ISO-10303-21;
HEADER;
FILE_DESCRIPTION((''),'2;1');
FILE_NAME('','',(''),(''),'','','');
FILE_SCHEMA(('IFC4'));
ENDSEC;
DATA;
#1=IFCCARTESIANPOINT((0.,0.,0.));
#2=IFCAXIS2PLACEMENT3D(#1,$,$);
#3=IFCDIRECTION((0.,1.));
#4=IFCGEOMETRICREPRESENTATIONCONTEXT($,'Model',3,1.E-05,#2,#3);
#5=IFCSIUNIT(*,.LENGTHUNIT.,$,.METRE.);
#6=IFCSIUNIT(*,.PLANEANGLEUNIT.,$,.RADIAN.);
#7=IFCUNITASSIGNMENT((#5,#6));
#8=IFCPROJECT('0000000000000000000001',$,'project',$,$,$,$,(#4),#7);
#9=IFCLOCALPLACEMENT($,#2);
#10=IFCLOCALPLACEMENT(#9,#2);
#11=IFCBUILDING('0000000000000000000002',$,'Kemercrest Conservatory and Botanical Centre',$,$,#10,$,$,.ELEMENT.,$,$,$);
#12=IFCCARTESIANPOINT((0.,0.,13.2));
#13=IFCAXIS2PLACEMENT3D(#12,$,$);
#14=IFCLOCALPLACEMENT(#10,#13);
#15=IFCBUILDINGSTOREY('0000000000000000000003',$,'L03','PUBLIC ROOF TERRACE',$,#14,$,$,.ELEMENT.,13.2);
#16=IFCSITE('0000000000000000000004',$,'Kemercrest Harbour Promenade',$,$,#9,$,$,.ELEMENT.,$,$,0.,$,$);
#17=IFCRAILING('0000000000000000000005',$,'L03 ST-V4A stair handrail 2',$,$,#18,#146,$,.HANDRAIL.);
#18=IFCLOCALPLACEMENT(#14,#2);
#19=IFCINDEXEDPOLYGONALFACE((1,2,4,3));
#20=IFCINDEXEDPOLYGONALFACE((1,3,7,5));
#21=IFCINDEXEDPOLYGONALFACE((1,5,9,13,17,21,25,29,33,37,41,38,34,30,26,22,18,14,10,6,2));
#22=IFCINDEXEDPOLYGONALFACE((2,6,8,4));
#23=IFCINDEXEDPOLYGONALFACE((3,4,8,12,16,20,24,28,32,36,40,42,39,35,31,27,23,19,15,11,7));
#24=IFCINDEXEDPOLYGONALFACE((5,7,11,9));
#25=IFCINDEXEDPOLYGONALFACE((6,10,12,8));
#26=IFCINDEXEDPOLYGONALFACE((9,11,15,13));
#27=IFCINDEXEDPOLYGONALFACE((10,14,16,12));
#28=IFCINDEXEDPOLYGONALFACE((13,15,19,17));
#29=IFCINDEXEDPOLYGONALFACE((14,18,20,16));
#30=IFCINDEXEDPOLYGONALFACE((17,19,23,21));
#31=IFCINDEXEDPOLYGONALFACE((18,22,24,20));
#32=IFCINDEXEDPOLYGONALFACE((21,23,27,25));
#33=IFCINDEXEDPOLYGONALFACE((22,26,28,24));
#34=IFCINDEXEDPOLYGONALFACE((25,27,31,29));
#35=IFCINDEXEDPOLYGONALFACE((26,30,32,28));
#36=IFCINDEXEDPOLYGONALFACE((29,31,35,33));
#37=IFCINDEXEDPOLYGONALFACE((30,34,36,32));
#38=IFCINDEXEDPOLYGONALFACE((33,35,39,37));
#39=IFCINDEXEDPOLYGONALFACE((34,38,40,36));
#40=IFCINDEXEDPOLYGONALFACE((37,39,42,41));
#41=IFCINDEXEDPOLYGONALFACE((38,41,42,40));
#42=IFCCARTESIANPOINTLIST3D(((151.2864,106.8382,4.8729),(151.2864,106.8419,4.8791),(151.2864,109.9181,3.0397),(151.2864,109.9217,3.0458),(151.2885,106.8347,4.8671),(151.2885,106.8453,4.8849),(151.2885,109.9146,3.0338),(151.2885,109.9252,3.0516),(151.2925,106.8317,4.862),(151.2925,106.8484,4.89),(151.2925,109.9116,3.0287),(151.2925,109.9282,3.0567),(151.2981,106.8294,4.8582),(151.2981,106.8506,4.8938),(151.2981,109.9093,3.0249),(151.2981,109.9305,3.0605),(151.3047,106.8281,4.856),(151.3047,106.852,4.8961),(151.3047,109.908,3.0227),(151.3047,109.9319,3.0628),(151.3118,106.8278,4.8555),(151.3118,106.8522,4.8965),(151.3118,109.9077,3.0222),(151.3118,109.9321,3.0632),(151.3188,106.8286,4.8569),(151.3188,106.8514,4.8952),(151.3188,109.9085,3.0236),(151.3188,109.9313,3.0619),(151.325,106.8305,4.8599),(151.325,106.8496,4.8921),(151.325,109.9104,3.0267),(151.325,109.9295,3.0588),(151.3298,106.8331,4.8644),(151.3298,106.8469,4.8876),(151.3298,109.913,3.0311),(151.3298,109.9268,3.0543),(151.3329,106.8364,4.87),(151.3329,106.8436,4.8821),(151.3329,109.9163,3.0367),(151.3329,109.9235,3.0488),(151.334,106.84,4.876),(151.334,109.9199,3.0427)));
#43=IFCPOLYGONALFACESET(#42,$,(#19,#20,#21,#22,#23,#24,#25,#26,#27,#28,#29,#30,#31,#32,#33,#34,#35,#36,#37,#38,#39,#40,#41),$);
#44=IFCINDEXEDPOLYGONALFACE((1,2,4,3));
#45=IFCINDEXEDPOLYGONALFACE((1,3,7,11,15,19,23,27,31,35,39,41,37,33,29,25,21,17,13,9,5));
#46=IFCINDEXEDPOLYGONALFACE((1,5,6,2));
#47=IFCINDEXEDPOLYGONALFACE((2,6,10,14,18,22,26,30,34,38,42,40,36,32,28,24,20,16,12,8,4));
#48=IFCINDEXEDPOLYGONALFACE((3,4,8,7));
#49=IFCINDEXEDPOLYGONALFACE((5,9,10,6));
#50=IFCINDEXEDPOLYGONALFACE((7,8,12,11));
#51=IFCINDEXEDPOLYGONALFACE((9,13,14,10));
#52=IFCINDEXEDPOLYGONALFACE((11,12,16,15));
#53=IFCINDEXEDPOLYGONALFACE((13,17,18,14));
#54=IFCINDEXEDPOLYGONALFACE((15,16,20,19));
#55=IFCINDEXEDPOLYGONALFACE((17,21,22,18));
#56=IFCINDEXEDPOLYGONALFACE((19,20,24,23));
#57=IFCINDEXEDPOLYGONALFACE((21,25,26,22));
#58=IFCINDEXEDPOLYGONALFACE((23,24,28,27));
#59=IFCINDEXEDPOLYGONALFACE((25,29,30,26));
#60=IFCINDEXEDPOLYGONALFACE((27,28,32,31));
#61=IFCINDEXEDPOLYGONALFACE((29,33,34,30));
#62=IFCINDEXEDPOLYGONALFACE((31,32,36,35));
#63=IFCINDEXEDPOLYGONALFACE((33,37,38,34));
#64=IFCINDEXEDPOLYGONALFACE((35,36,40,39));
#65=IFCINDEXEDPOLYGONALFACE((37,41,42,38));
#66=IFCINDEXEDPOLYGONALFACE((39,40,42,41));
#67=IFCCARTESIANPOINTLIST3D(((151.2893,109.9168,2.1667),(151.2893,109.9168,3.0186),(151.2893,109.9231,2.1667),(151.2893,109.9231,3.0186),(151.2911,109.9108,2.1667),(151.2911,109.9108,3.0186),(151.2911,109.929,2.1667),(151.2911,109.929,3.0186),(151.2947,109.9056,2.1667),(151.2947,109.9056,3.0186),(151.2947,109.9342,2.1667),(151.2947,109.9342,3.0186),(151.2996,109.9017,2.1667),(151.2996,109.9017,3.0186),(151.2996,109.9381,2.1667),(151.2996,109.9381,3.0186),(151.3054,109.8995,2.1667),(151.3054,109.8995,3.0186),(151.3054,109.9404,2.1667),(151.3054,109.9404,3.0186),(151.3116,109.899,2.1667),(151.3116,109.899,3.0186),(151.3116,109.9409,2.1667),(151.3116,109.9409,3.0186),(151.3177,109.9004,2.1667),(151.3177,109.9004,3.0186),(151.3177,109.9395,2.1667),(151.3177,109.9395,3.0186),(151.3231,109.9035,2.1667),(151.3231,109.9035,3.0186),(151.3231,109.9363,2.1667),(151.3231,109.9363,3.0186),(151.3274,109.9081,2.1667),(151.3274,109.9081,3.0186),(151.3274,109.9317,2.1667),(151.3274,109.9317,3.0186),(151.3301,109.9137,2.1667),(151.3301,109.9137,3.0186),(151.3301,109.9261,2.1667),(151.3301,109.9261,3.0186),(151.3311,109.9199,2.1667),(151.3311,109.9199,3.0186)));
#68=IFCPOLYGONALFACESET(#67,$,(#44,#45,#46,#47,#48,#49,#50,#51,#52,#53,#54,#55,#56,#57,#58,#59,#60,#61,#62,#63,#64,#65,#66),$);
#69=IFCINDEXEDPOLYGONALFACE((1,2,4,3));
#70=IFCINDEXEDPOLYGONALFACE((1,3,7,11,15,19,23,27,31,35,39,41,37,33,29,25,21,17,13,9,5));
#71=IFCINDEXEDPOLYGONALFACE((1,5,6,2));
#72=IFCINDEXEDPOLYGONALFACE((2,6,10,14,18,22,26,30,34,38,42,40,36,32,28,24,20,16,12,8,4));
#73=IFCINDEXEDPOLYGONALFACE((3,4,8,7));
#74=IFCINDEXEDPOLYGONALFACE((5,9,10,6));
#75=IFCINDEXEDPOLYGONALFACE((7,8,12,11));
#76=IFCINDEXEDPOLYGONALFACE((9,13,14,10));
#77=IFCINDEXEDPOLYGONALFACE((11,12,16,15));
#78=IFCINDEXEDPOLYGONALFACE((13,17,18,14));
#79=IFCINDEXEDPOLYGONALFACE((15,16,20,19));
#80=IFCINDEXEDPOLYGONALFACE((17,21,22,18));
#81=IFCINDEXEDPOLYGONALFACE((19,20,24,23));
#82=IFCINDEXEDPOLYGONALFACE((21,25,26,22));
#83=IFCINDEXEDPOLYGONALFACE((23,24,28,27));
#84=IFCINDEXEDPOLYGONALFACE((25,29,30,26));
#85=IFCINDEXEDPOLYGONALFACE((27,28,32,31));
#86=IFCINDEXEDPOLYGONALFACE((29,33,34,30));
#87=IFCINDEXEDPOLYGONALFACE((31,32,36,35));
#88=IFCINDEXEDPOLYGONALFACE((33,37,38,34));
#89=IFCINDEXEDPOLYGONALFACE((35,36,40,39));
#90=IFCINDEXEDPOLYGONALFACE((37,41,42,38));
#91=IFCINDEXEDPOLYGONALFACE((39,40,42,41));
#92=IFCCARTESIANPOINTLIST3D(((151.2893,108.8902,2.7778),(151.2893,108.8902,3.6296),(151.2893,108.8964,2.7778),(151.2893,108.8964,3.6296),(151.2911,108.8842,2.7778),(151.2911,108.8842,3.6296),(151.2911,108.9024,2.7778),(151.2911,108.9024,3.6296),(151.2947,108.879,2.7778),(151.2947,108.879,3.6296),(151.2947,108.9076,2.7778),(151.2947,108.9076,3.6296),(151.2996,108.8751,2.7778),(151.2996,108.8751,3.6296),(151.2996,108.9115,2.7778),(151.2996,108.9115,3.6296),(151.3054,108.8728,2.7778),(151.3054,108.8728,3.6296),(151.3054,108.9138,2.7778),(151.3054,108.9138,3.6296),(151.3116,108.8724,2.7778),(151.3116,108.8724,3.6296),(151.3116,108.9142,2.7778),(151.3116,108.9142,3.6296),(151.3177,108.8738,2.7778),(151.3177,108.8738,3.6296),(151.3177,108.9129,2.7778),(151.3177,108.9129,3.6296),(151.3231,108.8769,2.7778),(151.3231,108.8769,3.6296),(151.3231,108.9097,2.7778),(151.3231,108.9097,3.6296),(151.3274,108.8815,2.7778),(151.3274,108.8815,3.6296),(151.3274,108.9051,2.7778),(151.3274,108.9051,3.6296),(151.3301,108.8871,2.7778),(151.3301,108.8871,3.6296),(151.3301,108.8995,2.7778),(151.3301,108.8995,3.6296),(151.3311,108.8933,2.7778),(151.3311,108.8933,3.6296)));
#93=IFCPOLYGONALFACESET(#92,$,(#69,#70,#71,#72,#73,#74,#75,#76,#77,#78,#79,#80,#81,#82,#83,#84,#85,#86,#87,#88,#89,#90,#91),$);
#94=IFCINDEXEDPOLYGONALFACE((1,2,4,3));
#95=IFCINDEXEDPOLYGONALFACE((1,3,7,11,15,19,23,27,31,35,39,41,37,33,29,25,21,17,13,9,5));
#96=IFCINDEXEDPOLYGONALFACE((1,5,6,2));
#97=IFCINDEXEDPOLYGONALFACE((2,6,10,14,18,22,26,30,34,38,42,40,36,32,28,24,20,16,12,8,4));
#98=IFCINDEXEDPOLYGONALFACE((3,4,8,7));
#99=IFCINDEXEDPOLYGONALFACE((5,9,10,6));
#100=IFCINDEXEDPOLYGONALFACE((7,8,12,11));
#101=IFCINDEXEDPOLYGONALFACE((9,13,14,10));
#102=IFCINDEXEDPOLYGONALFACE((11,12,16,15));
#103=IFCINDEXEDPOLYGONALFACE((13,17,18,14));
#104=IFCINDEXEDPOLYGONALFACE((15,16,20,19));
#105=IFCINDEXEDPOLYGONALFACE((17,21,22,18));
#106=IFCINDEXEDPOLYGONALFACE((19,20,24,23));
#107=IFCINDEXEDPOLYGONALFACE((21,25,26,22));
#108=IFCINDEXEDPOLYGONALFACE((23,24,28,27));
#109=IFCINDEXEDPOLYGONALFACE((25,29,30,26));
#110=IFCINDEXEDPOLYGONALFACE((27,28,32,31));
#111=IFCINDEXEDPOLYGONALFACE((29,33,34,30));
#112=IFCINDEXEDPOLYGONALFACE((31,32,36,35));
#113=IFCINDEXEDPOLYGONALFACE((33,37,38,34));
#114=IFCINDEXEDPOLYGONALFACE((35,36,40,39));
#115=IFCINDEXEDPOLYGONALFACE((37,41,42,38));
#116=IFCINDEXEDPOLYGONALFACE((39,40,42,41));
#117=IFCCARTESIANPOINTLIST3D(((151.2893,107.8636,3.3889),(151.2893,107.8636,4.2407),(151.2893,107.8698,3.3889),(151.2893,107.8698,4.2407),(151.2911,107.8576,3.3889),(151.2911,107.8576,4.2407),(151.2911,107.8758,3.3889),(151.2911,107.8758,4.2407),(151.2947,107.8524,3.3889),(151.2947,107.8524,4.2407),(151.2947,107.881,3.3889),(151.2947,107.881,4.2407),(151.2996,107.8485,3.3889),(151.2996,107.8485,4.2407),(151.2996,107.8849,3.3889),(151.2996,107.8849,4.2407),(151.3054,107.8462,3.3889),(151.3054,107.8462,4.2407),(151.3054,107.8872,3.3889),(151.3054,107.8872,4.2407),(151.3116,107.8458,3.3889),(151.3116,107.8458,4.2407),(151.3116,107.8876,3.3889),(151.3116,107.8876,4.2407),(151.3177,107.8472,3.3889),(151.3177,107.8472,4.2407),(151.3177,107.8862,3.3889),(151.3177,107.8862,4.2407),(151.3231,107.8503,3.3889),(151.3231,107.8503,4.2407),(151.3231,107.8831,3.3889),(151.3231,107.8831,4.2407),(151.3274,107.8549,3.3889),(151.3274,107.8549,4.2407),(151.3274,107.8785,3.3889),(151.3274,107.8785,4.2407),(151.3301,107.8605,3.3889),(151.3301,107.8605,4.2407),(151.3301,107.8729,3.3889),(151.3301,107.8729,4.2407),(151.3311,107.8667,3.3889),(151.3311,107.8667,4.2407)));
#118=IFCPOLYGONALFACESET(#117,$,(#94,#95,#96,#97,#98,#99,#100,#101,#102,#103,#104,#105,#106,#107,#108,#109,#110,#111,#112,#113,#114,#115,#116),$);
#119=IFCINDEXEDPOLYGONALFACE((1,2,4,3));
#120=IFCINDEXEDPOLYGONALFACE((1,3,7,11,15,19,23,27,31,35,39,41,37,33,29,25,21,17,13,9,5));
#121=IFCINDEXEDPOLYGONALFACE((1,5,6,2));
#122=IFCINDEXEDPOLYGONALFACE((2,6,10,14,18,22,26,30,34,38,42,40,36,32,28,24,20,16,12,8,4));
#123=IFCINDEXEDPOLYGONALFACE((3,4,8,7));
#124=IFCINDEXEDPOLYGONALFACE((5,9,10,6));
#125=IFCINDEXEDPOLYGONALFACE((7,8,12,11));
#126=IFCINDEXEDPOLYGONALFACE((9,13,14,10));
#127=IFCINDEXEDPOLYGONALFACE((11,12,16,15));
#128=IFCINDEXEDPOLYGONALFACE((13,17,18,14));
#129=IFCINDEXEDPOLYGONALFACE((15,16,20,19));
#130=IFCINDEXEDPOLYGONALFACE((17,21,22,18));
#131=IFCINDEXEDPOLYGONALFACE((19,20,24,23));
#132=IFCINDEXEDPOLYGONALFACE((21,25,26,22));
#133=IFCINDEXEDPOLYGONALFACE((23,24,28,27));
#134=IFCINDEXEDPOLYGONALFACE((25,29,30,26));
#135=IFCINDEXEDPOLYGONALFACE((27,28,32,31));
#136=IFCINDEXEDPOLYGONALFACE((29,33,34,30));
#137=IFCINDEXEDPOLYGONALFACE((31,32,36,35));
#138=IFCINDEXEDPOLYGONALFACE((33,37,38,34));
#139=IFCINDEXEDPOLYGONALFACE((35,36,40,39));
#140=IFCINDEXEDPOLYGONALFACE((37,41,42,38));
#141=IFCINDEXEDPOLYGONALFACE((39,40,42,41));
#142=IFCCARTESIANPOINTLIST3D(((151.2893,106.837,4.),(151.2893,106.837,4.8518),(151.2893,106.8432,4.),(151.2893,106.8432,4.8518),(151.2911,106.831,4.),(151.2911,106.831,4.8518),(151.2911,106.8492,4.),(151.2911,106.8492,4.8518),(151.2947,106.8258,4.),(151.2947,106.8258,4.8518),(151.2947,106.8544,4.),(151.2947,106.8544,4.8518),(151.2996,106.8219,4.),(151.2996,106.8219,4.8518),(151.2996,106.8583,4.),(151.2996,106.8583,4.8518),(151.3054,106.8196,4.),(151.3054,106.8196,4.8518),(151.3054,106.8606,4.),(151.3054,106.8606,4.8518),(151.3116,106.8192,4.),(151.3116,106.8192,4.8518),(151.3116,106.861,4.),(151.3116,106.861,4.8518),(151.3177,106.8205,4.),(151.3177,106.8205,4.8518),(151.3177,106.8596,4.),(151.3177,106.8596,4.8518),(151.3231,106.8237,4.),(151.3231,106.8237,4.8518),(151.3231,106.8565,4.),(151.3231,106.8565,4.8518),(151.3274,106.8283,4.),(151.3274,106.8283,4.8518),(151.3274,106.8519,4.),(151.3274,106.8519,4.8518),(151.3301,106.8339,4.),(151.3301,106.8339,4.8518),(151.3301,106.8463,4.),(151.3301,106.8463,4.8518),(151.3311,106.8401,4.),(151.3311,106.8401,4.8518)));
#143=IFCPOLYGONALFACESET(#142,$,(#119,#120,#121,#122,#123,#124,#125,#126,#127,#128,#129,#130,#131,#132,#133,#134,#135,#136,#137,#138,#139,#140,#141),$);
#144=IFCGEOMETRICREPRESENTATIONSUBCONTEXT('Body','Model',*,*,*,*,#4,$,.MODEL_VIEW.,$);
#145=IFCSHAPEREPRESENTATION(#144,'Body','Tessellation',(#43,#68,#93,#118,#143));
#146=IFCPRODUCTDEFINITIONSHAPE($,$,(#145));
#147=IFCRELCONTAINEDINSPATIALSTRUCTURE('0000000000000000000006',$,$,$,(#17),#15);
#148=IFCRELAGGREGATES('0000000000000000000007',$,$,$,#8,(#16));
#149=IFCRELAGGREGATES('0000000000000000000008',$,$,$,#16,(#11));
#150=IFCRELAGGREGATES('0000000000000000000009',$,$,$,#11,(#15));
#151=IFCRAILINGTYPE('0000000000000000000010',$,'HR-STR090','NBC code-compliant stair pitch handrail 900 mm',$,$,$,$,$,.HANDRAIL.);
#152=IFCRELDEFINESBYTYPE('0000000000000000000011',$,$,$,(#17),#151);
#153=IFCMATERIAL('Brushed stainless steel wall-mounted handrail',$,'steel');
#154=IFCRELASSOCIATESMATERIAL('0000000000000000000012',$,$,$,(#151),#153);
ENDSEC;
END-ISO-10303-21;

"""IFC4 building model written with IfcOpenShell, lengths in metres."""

from ifc_helpers import new_model, si_unit, direction, frame, origin, origin_2d, place, context, subcontext, project, spatial, circle, extrude, material, type_object, element, save


model = new_model("IFC4")

# Units and contexts
model_context = context("Model", 3, precision=1e-05, world=origin(), true_north=direction((0.0, 1.0)))
body_context = subcontext(model_context, "Body", "Model", "MODEL_VIEW")
ifc_project = project(units=[si_unit("LENGTHUNIT", "METRE"), si_unit("PLANEANGLEUNIT", "RADIAN")], contexts=[model_context])

# Site, building, storey
site_placement = place(None, origin())
site = spatial("IfcSite", under=ifc_project, at=site_placement, Name="Kemercrest Harbour Promenade", CompositionType="ELEMENT", RefElevation=0.0)
building_placement = place(site_placement, origin())
building = spatial("IfcBuilding", under=site, at=building_placement, Name="Kemercrest Conservatory and Botanical Centre", CompositionType="ELEMENT")
storey_placement = place(building_placement, frame((0.0, 0.0, 13.2)))
storey = spatial("IfcBuildingStorey", under=building, at=storey_placement, Name="L03", Description="PUBLIC ROOF TERRACE", CompositionType="ELEMENT", Elevation=13.2)

# Railing
ifc_material_1 = material(Name="Brushed stainless steel wall-mounted handrail", Category="steel")
railing_type_1 = type_object("IfcRailingType", Name="HR-STR090", Description="NBC code-compliant stair pitch handrail 900 mm", PredefinedType="HANDRAIL", material=ifc_material_1)
railing_1_placement = place(storey_placement, frame((151.3101, 109.9199, 2.1667)))
element("IfcRailing", 1, at=railing_1_placement, inside=storey, type_object=railing_type_1, Name="L03 ST-V4A stair handrail 2", PredefinedType="HANDRAIL", context=body_context, shape_type="SweptSolid", body=[
    extrude(circle(Radius=0.0239, at=origin_2d()), frame((0.0, 0.0, 0.876), z_axis=(0.0, -0.859291, 0.511487), x_axis=(1.0, 0.0, 0.0)), (0.0, 0.0, 1.0), 3.5842),
    extrude(circle(Radius=0.021, at=origin_2d()), origin(), (0.0, 0.0, 1.0), 0.8518),
    extrude(circle(Radius=0.021, at=origin_2d()), frame((0.0, -1.0266, 0.6111)), (0.0, 0.0, 1.0), 0.8518),
    extrude(circle(Radius=0.021, at=origin_2d()), frame((0.0, -2.0532, 1.2222)), (0.0, 0.0, 1.0), 0.8518),
    extrude(circle(Radius=0.021, at=origin_2d()), frame((0.0, -3.0798, 1.8333)), (0.0, 0.0, 1.0), 0.8518),
])

save(model, "model.ifc")
